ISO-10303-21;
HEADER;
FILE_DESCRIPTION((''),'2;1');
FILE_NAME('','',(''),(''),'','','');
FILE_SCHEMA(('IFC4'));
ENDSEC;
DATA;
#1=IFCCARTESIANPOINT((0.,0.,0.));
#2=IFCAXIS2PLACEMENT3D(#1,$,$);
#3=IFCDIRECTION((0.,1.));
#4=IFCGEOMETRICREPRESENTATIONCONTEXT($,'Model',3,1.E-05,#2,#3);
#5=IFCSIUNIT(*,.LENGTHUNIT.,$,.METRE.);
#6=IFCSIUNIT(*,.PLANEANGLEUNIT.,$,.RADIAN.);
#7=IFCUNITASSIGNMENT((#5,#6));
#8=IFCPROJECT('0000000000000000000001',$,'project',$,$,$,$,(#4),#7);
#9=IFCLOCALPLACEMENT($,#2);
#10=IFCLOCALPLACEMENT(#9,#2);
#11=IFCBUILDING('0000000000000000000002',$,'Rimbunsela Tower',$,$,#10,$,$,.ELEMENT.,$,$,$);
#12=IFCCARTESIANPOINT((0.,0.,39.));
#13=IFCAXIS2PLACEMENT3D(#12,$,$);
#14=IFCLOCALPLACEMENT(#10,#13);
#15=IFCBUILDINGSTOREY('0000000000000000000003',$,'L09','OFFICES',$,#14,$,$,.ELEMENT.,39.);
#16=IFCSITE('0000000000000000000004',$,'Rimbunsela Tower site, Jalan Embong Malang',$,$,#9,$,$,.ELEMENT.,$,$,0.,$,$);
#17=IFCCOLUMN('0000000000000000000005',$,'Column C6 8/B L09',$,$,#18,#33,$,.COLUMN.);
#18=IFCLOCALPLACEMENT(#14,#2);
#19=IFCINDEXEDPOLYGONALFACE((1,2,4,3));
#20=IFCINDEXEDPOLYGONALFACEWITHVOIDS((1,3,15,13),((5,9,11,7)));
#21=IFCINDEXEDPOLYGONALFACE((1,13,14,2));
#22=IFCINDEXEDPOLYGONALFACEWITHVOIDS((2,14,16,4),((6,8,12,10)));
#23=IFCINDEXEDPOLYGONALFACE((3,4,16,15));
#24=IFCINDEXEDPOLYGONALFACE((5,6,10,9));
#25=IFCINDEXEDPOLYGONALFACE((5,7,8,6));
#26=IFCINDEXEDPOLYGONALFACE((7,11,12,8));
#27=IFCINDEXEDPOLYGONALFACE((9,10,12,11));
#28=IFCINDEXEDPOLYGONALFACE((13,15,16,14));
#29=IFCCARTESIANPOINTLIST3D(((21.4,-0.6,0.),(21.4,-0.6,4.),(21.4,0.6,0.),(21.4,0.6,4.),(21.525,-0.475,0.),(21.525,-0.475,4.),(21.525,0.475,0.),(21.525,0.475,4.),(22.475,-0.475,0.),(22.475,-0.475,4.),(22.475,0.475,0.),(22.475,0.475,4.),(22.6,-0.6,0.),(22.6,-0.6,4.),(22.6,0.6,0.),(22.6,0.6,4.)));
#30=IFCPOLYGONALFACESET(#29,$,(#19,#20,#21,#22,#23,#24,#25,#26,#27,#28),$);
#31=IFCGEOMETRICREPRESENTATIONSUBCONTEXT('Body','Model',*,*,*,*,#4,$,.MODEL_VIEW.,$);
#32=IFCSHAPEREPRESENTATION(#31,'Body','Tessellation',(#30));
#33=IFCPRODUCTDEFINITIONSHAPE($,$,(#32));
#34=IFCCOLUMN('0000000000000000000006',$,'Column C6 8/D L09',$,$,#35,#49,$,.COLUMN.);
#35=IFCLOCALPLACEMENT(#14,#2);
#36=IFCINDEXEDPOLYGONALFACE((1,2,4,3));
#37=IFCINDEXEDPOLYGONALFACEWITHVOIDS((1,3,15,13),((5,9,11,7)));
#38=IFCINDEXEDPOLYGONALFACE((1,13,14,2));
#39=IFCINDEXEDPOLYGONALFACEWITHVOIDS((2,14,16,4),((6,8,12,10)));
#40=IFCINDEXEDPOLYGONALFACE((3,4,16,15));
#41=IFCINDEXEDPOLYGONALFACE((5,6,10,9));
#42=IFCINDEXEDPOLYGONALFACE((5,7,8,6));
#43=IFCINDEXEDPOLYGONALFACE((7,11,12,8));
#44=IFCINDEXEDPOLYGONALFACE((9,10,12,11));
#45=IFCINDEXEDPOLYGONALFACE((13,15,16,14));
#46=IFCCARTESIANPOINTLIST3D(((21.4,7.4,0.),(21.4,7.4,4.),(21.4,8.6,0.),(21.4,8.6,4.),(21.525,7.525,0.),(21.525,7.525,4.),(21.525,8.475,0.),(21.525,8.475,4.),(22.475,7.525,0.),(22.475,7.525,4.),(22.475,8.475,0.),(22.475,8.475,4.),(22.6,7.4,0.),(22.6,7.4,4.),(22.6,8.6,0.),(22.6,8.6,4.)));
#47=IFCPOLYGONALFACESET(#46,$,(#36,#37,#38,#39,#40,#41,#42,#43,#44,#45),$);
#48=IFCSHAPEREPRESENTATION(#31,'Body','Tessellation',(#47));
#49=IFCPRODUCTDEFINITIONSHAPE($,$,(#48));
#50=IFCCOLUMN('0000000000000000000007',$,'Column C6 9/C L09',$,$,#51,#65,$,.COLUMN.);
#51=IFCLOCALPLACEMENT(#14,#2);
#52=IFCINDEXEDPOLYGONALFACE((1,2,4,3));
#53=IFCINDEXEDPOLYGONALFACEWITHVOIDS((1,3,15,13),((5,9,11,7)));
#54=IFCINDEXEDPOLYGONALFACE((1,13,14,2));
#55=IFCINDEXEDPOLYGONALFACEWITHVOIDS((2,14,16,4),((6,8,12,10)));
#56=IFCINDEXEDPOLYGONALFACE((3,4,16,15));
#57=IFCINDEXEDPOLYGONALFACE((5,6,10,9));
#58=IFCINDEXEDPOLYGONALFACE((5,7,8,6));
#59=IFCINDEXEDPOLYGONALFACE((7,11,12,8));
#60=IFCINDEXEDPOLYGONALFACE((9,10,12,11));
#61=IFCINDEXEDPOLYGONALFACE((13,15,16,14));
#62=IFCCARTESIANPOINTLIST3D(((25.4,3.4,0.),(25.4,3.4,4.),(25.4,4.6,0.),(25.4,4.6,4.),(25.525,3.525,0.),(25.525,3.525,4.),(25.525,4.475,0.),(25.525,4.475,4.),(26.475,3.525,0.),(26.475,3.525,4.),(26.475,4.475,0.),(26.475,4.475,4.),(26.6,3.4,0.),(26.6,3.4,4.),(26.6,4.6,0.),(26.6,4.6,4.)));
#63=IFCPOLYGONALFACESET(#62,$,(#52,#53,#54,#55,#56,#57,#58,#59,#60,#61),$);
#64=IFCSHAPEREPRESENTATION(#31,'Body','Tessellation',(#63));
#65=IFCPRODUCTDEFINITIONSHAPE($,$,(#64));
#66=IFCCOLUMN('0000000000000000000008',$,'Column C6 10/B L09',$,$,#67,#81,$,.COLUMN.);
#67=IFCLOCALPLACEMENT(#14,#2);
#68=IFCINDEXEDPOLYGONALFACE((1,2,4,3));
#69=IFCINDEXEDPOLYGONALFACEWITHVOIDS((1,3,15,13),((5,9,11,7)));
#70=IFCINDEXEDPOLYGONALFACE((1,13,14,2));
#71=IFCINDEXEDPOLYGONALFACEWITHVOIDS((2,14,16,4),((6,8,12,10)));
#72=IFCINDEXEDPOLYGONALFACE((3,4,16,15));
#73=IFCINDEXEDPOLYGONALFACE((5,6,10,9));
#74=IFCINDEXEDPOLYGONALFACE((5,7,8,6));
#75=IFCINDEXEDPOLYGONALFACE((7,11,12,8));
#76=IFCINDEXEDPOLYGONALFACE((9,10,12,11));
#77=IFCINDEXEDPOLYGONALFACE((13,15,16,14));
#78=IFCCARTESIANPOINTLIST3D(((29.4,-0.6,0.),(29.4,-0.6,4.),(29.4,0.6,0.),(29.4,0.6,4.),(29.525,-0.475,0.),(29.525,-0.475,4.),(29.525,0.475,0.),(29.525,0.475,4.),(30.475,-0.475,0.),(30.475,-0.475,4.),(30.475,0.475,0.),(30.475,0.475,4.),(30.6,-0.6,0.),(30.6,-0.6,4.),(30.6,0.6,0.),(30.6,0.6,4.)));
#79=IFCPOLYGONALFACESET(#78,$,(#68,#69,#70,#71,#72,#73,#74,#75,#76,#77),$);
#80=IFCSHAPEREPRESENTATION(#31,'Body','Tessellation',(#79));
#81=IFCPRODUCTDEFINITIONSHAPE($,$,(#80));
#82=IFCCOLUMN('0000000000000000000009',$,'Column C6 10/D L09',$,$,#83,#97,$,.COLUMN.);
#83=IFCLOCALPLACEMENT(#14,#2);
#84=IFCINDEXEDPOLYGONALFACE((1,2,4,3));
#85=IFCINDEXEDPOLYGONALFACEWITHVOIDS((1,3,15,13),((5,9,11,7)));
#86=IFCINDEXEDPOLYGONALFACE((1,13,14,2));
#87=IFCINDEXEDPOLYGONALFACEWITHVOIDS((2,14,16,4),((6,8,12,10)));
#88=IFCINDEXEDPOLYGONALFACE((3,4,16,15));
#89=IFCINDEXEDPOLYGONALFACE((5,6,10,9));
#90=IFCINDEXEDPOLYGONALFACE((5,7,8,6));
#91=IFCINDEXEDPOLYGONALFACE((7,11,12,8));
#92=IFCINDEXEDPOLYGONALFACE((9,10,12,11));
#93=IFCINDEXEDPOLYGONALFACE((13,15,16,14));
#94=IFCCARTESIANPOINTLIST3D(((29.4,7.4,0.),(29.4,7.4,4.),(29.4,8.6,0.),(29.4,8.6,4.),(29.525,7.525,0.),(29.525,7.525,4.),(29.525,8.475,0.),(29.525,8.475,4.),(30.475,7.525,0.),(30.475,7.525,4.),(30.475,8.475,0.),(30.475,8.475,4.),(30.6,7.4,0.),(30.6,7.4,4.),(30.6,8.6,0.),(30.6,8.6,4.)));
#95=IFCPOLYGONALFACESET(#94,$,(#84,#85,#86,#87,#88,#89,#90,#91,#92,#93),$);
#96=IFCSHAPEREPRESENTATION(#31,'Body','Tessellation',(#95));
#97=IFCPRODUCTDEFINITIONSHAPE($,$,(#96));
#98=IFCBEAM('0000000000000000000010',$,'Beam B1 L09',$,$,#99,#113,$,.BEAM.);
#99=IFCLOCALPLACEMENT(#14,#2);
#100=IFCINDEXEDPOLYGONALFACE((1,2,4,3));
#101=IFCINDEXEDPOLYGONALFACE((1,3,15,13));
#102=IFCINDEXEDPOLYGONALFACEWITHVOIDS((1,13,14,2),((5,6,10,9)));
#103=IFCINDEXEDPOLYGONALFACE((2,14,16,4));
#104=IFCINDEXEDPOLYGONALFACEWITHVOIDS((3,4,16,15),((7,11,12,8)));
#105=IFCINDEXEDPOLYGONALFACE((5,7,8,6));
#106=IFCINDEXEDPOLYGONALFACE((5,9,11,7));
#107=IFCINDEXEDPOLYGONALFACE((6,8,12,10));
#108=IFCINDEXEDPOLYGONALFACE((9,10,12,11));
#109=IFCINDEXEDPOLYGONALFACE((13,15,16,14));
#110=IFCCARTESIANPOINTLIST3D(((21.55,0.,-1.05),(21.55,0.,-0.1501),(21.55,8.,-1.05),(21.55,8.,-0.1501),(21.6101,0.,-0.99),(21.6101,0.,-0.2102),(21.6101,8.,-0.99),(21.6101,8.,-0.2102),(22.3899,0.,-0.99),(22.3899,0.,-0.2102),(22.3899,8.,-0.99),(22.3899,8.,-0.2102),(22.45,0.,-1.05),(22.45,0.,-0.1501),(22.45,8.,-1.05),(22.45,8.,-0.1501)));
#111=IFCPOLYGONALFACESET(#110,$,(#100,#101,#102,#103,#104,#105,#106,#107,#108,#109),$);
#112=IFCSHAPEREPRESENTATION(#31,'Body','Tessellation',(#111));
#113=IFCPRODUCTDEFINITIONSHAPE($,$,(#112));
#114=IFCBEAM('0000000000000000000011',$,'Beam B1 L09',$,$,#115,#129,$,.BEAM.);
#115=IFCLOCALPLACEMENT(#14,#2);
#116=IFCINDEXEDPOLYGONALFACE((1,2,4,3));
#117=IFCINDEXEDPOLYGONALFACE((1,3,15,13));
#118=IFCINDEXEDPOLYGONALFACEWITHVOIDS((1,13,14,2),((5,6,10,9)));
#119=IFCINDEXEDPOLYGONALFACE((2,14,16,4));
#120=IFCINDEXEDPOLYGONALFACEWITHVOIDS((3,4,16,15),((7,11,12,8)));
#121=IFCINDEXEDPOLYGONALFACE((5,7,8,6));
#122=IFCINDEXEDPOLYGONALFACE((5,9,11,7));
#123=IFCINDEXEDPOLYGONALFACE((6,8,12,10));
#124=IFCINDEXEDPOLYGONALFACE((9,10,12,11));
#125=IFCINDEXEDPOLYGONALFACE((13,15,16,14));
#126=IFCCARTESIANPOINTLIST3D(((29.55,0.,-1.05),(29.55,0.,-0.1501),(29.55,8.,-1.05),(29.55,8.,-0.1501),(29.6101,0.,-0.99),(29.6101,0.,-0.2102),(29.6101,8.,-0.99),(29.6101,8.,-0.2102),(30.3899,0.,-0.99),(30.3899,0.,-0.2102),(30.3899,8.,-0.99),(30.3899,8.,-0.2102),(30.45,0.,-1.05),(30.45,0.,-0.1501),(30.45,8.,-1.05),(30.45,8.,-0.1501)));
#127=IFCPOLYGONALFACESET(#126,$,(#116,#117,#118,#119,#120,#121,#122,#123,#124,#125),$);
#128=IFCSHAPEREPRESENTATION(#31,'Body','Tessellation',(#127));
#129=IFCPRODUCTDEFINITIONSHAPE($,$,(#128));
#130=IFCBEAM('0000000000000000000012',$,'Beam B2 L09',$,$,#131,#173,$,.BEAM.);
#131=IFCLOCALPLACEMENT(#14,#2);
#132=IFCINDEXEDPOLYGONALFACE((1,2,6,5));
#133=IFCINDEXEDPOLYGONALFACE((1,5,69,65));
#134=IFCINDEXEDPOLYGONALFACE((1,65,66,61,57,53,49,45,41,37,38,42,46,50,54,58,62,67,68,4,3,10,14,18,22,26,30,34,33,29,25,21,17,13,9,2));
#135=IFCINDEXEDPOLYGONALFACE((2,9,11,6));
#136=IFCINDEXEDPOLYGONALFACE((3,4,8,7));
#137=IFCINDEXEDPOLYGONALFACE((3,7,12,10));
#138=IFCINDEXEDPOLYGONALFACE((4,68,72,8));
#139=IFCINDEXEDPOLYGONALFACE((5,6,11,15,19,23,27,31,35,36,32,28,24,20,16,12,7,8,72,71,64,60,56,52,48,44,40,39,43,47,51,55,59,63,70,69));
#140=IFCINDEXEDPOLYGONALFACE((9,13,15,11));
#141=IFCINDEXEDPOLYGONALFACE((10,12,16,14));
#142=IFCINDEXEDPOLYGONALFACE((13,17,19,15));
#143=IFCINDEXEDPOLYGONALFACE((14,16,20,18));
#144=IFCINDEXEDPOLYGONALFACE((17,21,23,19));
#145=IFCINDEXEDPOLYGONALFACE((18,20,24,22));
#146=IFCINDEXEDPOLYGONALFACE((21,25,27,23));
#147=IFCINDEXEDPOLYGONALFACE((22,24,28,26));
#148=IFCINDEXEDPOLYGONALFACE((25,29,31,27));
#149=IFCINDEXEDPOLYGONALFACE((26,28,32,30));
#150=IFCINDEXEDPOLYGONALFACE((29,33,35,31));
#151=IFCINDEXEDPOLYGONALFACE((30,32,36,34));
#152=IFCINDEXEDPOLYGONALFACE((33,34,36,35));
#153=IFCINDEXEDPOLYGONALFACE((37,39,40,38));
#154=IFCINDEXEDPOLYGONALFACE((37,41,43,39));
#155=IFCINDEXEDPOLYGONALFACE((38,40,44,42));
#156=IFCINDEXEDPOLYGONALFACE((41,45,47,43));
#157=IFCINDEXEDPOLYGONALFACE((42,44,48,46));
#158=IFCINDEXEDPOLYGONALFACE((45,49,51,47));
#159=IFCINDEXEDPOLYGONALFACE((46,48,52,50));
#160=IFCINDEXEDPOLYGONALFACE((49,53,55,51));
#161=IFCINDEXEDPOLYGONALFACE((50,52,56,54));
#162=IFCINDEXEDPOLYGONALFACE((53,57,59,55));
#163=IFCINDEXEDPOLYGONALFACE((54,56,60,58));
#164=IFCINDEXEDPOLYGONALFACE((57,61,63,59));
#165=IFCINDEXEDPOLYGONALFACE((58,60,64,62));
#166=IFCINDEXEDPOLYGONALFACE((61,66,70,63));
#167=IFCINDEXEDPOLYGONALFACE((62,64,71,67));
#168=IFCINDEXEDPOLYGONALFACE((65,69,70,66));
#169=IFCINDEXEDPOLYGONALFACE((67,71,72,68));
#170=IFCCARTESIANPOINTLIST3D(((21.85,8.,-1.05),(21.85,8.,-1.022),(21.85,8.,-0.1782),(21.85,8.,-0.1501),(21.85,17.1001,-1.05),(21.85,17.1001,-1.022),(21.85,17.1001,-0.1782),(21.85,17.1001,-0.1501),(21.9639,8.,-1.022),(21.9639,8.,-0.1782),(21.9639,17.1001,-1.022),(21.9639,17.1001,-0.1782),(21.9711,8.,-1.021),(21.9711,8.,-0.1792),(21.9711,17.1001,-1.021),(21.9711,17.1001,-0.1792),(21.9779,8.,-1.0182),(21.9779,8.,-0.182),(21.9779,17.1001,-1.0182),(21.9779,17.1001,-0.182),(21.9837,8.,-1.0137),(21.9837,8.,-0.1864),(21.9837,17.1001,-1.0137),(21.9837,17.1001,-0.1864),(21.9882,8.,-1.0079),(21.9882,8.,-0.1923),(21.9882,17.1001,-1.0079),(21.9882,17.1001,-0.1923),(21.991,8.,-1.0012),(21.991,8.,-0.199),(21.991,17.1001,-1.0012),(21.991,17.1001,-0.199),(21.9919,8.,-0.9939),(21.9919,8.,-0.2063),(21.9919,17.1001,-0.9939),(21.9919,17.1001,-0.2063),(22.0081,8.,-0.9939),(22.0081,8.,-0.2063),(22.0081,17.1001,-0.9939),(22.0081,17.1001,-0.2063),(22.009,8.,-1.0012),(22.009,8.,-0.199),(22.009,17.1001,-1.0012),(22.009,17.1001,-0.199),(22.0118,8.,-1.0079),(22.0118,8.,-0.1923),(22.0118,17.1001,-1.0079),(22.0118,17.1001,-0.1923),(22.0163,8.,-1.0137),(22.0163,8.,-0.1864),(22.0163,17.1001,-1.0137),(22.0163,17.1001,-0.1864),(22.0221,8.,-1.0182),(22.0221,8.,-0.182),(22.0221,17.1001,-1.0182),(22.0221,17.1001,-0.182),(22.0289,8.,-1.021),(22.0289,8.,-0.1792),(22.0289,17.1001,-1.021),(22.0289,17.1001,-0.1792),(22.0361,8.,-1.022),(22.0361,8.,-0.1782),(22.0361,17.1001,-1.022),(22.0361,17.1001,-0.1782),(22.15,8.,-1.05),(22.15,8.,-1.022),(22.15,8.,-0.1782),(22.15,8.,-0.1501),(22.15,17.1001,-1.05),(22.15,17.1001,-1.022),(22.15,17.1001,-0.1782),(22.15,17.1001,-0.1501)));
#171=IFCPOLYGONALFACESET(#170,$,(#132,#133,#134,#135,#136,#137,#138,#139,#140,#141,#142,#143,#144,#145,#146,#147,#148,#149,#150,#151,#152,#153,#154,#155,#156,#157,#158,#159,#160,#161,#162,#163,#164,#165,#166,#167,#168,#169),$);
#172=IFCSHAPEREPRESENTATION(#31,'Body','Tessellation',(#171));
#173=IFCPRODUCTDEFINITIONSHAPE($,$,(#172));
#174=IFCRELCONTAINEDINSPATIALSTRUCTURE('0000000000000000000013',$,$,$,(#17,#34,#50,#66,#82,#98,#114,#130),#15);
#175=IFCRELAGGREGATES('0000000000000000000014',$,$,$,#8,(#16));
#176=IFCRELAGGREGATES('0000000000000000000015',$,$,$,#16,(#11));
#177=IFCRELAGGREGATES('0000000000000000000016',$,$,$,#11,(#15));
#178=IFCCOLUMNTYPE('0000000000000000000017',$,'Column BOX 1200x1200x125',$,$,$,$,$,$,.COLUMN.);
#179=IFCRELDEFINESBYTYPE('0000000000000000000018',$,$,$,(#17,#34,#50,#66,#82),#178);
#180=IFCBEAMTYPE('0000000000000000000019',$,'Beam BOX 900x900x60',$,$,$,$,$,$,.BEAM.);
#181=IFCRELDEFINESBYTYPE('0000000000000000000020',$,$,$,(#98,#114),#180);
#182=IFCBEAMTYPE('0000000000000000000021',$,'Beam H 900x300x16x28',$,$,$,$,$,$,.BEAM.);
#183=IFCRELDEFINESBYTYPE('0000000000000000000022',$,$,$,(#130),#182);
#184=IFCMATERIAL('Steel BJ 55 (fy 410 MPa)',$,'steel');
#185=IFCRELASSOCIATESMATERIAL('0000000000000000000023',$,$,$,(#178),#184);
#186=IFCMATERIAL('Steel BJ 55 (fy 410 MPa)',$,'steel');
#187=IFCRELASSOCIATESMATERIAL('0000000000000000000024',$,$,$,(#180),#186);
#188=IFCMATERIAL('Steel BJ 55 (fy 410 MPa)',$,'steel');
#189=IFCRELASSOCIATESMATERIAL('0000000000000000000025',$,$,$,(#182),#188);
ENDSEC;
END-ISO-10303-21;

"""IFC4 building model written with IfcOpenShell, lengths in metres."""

from ifc_helpers import new_model, si_unit, direction, frame, origin, origin_2d, place, context, subcontext, project, spatial, hollow_rectangle, i_section, extrude, material, material_profile, profile_set, type_object, element, save


model = new_model("IFC4")

# Units and contexts
model_context = context("Model", 3, precision=1e-05, world=origin(), true_north=direction((0.0, 1.0)))
body_context = subcontext(model_context, "Body", "Model", "MODEL_VIEW")
ifc_project = project(units=[si_unit("LENGTHUNIT", "METRE"), si_unit("PLANEANGLEUNIT", "RADIAN")], contexts=[model_context])

# Site, building, storey
site_placement = place(None, origin())
site = spatial("IfcSite", under=ifc_project, at=site_placement, Name="Rimbunsela Tower site, Jalan Embong Malang", CompositionType="ELEMENT", RefElevation=0.0)
building_placement = place(site_placement, origin())
building = spatial("IfcBuilding", under=site, at=building_placement, Name="Rimbunsela Tower", CompositionType="ELEMENT")
storey_placement = place(building_placement, frame((0.0, 0.0, 39.0)))
storey = spatial("IfcBuildingStorey", under=building, at=storey_placement, Name="L09", Description="OFFICES", CompositionType="ELEMENT", Elevation=39.0)

# Columns
ifc_material_1 = material(Name="Steel BJ 55 (fy 410 MPa)", Category="steel")
ifc_material_profile_1 = material_profile(ifc_material_1, hollow_rectangle(XDim=1.2, YDim=1.2, WallThickness=0.125, at=origin_2d()), Name="BOX 1200x1200x125")
ifc_profile_set_1 = profile_set([ifc_material_profile_1], Name="Steel BJ 55 (fy 410 MPa)")
column_type = type_object("IfcColumnType", Name="Column BOX 1200x1200x125", PredefinedType="COLUMN", material=ifc_profile_set_1)
for number, where, z_axis, x_axis, name in (
    (1, (22.0, 0.0, 0.0), (0.0, 0.0, 1.0), (1.0, 0.0, 0.0), "Column C6 8/B L09"),
    (2, (22.0, 8.0, 0.0), (0.0, 0.0, 1.0), (1.0, 0.0, 0.0), "Column C6 8/D L09"),
    (3, (26.0, 4.0, 0.0), (0.0, 0.0, 1.0), (1.0, 0.0, 0.0), "Column C6 9/C L09"),
    (4, (30.0, 0.0, 0.0), (0.0, 0.0, 1.0), (1.0, 0.0, 0.0), "Column C6 10/B L09"),
    (5, (30.0, 8.0, 0.0), (0.0, 0.0, 1.0), (1.0, 0.0, 0.0), "Column C6 10/D L09"),
):
    element("IfcColumn", number, at=place(storey_placement, frame(where, z_axis=z_axis, x_axis=x_axis)), inside=storey, type_object=column_type, Name=name, PredefinedType="COLUMN", context=body_context, shape_type="SweptSolid", body=[
        extrude(hollow_rectangle(XDim=1.2, YDim=1.2, WallThickness=0.125, at=origin_2d()), origin(), (0.0, 0.0, 1.0), 4.0),
    ])

# Beams
ifc_material_2 = material(Name="Steel BJ 55 (fy 410 MPa)", Category="steel")
ifc_material_profile_2 = material_profile(ifc_material_2, hollow_rectangle(XDim=0.8999, YDim=0.8999, WallThickness=0.0601, at=origin_2d()), Name="BOX 900x900x60")
ifc_profile_set_2 = profile_set([ifc_material_profile_2], Name="Steel BJ 55 (fy 410 MPa)")
beam_type_1 = type_object("IfcBeamType", Name="Beam BOX 900x900x60", PredefinedType="BEAM", material=ifc_profile_set_2)
for number, where, z_axis, x_axis, name in (
    (6, (22.0, 0.0, -0.6001), (0.0, 1.0, 0.0), (-1.0, 0.0, 0.0), "Beam B1 L09"),
    (7, (30.0, 0.0, -0.6001), (0.0, 1.0, 0.0), (-1.0, 0.0, 0.0), "Beam B1 L09"),
):
    element("IfcBeam", number, at=place(storey_placement, frame(where, z_axis=z_axis, x_axis=x_axis)), inside=storey, type_object=beam_type_1, Name=name, PredefinedType="BEAM", context=body_context, shape_type="SweptSolid", body=[
        extrude(hollow_rectangle(XDim=0.8999, YDim=0.8999, WallThickness=0.0601, at=origin_2d()), origin(), (0.0, 0.0, 1.0), 8.0),
    ])
ifc_material_3 = material(Name="Steel BJ 55 (fy 410 MPa)", Category="steel")
ifc_material_profile_3 = material_profile(ifc_material_3, i_section(OverallWidth=0.3, OverallDepth=0.8999, WebThickness=0.0161, FlangeThickness=0.0281, FilletRadius=0.0281, at=origin_2d()), Name="H 900x300x16x28")
ifc_profile_set_3 = profile_set([ifc_material_profile_3], Name="Steel BJ 55 (fy 410 MPa)")
beam_type_2 = type_object("IfcBeamType", Name="Beam H 900x300x16x28", PredefinedType="BEAM", material=ifc_profile_set_3)
beam_1_placement = place(storey_placement, frame((22.0, 8.0, -0.6001), z_axis=(0.0, 1.0, 0.0), x_axis=(-1.0, 0.0, 0.0)))
element("IfcBeam", 8, at=beam_1_placement, inside=storey, type_object=beam_type_2, Name="Beam B2 L09", PredefinedType="BEAM", context=body_context, shape_type="SweptSolid", body=[
    extrude(i_section(OverallWidth=0.3, OverallDepth=0.8999, WebThickness=0.0161, FlangeThickness=0.0281, FilletRadius=0.0281, at=origin_2d()), origin(), (0.0, 0.0, 1.0), 9.1001),
])

save(model, "model.ifc")
